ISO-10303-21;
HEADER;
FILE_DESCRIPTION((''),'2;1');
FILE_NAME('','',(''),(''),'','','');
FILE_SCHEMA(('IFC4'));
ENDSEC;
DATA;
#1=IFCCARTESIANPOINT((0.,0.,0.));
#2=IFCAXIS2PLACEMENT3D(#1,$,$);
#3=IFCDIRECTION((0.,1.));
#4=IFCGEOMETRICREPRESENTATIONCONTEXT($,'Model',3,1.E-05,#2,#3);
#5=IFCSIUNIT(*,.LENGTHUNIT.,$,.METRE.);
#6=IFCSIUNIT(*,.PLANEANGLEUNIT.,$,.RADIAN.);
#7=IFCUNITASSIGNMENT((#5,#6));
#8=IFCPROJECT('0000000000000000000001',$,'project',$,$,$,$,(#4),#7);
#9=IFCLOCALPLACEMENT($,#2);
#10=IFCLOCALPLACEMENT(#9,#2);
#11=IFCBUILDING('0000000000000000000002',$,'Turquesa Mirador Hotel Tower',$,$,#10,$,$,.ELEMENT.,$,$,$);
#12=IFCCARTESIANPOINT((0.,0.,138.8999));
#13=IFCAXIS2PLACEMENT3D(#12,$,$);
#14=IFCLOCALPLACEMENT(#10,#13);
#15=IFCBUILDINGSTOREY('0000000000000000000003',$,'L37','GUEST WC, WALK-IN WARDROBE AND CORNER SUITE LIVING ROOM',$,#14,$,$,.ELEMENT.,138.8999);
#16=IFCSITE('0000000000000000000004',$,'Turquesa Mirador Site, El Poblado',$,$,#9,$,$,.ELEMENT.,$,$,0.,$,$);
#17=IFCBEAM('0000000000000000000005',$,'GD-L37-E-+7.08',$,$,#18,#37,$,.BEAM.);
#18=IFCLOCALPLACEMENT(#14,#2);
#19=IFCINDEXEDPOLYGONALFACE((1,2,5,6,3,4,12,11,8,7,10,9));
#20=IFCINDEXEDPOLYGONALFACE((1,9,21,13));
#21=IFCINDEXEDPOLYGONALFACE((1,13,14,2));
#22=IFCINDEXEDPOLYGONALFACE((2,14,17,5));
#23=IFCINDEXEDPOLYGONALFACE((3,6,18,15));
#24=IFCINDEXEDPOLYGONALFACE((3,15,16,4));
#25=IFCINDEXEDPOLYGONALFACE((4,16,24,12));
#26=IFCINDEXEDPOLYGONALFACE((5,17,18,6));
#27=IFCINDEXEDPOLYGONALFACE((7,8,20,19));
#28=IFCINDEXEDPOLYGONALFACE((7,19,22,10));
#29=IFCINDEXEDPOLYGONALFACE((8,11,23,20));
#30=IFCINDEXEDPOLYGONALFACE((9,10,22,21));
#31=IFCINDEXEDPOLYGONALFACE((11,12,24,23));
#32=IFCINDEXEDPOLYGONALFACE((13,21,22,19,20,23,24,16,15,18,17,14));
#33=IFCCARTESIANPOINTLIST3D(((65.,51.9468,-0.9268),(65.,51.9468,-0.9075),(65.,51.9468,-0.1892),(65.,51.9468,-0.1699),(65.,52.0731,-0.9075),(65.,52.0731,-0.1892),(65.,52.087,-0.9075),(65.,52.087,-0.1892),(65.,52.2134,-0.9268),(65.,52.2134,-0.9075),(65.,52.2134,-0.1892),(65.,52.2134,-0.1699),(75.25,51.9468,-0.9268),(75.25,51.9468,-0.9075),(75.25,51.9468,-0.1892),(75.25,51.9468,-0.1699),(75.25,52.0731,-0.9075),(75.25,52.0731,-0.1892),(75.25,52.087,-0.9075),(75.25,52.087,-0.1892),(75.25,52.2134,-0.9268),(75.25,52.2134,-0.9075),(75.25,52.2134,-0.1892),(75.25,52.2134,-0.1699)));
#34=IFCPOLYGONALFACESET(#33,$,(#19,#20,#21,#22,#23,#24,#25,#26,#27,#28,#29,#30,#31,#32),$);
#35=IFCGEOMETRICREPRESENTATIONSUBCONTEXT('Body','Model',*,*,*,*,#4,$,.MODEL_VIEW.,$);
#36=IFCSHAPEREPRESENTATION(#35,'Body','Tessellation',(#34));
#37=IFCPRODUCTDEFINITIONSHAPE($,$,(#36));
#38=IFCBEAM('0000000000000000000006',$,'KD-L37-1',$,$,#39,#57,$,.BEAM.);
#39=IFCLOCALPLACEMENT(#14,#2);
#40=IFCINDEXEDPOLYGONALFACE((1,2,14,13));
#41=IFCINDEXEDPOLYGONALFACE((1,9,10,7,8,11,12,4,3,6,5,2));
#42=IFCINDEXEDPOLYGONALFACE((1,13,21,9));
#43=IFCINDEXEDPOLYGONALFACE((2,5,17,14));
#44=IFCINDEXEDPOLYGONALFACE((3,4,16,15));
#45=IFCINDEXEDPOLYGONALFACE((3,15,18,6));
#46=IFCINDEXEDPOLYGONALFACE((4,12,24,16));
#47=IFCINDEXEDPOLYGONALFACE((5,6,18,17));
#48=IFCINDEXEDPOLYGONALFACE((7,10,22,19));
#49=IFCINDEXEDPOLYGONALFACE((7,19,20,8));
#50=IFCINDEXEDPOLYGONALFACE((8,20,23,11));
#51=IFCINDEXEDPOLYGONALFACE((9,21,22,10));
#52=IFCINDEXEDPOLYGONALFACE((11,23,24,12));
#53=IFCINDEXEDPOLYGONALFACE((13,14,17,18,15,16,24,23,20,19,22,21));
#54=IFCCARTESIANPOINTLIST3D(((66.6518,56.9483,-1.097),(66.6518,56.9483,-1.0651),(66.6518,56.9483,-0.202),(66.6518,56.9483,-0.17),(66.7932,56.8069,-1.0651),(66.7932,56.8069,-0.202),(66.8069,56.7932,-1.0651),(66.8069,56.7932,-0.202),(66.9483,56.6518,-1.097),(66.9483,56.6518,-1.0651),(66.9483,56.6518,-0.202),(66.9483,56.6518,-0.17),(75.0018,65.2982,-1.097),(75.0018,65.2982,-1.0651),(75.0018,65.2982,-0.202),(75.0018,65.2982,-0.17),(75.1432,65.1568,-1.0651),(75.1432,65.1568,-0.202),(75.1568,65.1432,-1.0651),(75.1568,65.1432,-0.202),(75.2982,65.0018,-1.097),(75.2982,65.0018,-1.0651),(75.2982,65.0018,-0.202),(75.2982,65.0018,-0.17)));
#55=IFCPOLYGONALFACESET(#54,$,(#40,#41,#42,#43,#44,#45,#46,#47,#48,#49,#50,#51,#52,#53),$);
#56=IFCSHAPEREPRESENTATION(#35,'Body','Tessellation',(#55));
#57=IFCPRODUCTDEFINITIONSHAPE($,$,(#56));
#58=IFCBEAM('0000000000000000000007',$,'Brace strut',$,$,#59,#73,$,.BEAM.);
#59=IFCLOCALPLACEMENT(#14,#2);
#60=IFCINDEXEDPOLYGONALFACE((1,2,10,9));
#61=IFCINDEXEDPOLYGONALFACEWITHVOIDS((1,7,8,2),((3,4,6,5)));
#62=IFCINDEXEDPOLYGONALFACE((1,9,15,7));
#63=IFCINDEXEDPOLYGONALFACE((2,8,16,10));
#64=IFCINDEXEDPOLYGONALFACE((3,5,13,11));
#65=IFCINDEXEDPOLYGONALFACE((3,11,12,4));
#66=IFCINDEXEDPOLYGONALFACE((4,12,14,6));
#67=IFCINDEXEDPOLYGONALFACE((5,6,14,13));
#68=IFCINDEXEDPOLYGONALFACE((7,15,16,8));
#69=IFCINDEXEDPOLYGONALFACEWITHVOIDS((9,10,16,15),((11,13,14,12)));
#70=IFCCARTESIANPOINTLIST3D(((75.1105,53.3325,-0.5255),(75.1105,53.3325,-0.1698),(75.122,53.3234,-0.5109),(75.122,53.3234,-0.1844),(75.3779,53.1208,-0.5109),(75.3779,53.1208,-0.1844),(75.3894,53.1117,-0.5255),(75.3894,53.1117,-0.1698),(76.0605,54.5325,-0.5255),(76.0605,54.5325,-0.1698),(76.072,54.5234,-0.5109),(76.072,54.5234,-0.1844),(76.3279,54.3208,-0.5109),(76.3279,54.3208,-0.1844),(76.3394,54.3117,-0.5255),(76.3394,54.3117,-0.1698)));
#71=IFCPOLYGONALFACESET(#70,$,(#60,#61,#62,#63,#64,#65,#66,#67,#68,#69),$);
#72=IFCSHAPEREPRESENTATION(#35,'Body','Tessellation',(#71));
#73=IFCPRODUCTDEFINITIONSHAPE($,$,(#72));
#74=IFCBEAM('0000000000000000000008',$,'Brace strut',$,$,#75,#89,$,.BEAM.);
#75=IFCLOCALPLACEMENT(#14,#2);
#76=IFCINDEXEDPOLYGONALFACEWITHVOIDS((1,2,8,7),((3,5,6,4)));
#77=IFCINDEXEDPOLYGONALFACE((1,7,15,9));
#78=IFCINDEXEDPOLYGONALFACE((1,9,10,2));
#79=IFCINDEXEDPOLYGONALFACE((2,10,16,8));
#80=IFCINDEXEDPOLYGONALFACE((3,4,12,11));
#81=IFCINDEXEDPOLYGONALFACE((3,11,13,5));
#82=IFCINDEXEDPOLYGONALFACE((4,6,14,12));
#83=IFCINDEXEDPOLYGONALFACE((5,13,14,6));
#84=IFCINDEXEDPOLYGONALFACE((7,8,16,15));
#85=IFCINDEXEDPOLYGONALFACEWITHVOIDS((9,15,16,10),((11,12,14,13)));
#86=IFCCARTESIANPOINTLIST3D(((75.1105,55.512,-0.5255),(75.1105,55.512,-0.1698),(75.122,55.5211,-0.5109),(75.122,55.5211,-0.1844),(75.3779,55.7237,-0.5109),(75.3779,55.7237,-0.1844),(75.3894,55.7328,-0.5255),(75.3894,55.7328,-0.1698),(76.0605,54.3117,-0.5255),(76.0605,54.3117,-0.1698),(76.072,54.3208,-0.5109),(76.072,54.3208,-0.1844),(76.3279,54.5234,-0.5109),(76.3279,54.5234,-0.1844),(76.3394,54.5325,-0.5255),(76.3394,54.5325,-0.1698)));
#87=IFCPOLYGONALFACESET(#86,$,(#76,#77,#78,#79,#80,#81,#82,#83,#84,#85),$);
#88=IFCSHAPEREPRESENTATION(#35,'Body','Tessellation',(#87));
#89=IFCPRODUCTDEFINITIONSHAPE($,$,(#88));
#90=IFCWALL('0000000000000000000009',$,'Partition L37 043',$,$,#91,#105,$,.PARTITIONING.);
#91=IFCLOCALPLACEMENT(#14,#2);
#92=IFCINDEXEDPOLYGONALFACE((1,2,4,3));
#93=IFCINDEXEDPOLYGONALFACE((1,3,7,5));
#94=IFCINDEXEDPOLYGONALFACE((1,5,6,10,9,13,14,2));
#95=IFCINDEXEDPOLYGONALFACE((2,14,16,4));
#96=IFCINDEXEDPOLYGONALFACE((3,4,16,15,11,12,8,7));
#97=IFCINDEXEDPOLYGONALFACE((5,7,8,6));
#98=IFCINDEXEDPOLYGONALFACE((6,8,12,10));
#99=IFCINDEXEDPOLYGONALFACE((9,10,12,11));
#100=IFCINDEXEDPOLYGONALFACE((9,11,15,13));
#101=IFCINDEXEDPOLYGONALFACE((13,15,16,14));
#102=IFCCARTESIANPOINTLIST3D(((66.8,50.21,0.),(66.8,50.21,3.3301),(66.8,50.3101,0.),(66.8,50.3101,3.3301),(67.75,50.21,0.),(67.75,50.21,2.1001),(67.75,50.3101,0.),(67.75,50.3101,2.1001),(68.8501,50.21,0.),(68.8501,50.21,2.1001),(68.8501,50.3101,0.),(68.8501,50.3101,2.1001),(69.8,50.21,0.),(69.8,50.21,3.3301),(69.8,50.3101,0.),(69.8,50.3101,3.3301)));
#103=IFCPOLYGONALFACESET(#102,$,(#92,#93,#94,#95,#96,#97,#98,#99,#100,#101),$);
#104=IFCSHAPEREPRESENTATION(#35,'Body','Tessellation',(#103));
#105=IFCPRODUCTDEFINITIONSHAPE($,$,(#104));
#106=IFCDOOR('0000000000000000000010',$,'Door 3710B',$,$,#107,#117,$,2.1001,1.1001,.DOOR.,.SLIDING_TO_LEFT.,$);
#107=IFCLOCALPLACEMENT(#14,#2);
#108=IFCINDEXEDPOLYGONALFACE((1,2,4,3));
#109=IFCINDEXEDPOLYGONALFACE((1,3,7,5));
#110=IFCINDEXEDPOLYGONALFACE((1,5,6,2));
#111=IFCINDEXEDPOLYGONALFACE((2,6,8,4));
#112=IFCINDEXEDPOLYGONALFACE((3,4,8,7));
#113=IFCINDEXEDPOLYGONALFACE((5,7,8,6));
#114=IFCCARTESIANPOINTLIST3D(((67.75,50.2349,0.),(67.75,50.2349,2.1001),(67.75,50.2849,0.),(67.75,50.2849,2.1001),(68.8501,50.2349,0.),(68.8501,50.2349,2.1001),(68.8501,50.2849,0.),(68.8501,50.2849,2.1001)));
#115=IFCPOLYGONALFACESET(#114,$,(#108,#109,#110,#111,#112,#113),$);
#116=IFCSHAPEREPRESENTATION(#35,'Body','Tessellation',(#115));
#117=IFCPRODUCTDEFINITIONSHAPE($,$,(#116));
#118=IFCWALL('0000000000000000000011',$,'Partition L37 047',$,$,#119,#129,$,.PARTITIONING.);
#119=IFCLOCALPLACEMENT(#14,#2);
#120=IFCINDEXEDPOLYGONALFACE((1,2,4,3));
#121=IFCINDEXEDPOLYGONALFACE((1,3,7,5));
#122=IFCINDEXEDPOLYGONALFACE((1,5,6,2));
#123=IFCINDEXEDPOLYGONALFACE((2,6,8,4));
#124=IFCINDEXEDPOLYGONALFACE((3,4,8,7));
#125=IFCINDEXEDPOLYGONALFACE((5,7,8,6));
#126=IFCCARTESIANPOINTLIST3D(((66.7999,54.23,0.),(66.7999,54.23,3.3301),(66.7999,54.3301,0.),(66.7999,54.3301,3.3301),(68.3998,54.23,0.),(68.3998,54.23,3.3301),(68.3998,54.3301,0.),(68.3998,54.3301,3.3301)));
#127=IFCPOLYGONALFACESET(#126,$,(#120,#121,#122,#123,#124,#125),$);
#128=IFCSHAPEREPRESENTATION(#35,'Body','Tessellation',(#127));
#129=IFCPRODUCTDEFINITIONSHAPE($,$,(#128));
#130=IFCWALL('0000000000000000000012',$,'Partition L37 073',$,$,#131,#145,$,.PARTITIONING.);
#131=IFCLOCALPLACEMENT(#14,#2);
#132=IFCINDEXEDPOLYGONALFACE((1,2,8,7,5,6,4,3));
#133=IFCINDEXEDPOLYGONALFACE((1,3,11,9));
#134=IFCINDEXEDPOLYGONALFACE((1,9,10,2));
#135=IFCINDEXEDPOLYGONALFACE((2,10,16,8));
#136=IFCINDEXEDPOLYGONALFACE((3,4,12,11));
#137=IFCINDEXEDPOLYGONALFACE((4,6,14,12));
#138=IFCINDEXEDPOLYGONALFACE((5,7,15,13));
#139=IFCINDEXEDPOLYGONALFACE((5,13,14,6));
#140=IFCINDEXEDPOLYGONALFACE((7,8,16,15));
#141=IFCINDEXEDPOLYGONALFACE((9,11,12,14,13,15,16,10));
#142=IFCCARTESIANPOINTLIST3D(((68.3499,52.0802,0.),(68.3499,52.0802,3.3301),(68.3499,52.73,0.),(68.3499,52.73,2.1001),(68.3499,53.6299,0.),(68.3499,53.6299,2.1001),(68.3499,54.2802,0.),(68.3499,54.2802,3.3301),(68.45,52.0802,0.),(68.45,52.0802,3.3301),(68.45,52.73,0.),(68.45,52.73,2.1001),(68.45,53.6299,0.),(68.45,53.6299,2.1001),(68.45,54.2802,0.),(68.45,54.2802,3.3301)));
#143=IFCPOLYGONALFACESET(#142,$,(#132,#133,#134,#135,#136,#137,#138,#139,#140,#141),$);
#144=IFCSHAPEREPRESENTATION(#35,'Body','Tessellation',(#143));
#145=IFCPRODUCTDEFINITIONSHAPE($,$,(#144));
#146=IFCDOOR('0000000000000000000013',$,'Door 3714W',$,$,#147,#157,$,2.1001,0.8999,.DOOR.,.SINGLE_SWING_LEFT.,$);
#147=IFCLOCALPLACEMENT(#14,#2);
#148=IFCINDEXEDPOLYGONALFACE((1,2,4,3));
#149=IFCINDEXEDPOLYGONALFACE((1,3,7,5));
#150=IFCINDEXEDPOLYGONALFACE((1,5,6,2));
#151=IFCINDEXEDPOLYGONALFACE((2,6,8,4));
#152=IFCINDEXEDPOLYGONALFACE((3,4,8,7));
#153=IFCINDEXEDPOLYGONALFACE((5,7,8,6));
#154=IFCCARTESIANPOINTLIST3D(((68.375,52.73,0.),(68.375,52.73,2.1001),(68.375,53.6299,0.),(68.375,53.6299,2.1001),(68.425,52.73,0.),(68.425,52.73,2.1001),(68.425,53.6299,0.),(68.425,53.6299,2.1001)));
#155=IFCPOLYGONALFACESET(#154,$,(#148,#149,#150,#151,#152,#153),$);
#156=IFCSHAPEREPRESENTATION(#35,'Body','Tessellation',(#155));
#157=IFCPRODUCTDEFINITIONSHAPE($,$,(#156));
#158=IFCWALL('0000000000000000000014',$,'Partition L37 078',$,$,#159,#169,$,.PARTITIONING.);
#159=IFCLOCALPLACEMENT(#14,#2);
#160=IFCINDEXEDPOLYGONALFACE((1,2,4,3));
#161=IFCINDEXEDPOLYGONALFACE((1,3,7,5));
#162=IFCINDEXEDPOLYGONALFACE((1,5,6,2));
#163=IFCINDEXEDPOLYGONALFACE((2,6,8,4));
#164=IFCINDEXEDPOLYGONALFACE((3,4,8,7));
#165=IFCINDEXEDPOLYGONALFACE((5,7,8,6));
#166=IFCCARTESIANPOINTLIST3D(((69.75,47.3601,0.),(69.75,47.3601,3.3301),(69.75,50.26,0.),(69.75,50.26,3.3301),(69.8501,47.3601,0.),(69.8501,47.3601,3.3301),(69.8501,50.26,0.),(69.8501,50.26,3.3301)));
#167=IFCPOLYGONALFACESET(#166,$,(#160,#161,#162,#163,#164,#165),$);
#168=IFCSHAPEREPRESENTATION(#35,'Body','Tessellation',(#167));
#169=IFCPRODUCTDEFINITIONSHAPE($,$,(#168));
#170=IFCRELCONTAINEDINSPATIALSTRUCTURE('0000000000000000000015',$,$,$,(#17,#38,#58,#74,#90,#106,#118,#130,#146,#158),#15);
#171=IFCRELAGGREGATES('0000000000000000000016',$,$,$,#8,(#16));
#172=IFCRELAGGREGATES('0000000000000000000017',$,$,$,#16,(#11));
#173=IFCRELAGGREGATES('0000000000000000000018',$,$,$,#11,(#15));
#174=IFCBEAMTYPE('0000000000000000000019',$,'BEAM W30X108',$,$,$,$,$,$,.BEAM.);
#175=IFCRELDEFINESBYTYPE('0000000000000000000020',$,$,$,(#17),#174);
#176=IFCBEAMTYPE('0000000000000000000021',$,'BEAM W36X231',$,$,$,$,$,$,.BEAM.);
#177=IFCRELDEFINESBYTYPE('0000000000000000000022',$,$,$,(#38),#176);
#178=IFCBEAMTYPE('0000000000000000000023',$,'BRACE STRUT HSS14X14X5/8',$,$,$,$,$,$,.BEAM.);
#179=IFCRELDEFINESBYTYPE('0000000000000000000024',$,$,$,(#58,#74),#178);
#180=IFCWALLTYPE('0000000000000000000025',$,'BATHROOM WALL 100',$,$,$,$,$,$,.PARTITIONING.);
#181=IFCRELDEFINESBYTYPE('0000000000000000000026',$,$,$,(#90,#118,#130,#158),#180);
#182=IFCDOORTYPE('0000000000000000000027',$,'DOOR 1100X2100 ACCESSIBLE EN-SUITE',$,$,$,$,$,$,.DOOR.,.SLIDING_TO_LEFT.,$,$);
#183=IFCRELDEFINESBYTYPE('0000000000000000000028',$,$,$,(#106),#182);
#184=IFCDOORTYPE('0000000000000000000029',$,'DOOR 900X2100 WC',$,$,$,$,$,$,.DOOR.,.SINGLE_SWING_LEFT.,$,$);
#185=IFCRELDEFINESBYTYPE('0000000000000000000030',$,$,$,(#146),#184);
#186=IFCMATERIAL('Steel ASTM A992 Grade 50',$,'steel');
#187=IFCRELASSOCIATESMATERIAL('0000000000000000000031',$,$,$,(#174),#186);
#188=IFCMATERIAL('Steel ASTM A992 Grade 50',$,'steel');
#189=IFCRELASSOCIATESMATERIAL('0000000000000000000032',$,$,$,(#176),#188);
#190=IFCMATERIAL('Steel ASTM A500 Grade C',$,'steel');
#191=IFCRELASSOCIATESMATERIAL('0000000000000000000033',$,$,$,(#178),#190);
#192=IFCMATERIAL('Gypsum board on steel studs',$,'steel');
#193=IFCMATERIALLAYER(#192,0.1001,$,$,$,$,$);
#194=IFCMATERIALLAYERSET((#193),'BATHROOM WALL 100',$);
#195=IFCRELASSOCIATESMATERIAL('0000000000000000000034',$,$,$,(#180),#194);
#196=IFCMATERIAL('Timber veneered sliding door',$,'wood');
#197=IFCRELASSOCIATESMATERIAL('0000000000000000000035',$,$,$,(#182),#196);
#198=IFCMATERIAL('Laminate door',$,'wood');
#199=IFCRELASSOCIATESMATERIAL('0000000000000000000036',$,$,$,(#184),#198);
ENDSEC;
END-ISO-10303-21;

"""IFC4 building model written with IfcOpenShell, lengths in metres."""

from ifc_helpers import new_model, si_unit, direction, frame, frame_2d, origin, origin_2d, place, context, subcontext, project, spatial, rectangle, hollow_rectangle, i_section, extrude, material, layer, layer_set, material_profile, profile_set, type_object, element, fill, save


model = new_model("IFC4")

# Units and contexts
model_context = context("Model", 3, precision=1e-05, world=origin(), true_north=direction((0.0, 1.0)))
body_context = subcontext(model_context, "Body", "Model", "MODEL_VIEW")
ifc_project = project(units=[si_unit("LENGTHUNIT", "METRE"), si_unit("PLANEANGLEUNIT", "RADIAN")], contexts=[model_context])

# Site, building, storey
site_placement = place(None, origin())
site = spatial("IfcSite", under=ifc_project, at=site_placement, Name="Turquesa Mirador Site, El Poblado", CompositionType="ELEMENT", RefElevation=0.0)
building_placement = place(site_placement, origin())
building = spatial("IfcBuilding", under=site, at=building_placement, Name="Turquesa Mirador Hotel Tower", CompositionType="ELEMENT")
storey_placement = place(building_placement, frame((0.0, 0.0, 138.8999)))
storey = spatial("IfcBuildingStorey", under=building, at=storey_placement, Name="L37", Description="GUEST WC, WALK-IN WARDROBE AND CORNER SUITE LIVING ROOM", CompositionType="ELEMENT", Elevation=138.8999)

# Beams
ifc_material_1 = material(Name="Steel ASTM A992 Grade 50", Category="steel")
ifc_material_profile_1 = material_profile(ifc_material_1, i_section(OverallWidth=0.2666, OverallDepth=0.7568, WebThickness=0.0139, FlangeThickness=0.0193, at=origin_2d()), Name="W30X108")
ifc_profile_set_1 = profile_set([ifc_material_profile_1], Name="Steel ASTM A992 Grade 50")
beam_type_1 = type_object("IfcBeamType", Name="BEAM W30X108", PredefinedType="BEAM", material=ifc_profile_set_1)
beam_1_placement = place(storey_placement, frame((75.25, 52.0801, -0.5483), z_axis=(-1.0, 0.0, 0.0), x_axis=(0.0, -1.0, 0.0)))
element("IfcBeam", 1, at=beam_1_placement, inside=storey, type_object=beam_type_1, Name="GD-L37-E-+7.08", PredefinedType="BEAM", context=body_context, shape_type="SweptSolid", body=[
    extrude(i_section(OverallWidth=0.2666, OverallDepth=0.7568, WebThickness=0.0139, FlangeThickness=0.0193, at=origin_2d()), origin(), (0.0, 0.0, 1.0), 10.25),
])
ifc_material_2 = material(Name="Steel ASTM A992 Grade 50", Category="steel")
ifc_material_profile_2 = material_profile(ifc_material_2, i_section(OverallWidth=0.4192, OverallDepth=0.927, WebThickness=0.0193, FlangeThickness=0.032, at=origin_2d()), Name="W36X231")
ifc_profile_set_2 = profile_set([ifc_material_profile_2], Name="Steel ASTM A992 Grade 50")
beam_type_2 = type_object("IfcBeamType", Name="BEAM W36X231", PredefinedType="BEAM", material=ifc_profile_set_2)
beam_2_placement = place(storey_placement, frame((66.8, 56.8, -0.6335), z_axis=(0.707107, 0.707107, 0.0), x_axis=(-0.707107, 0.707107, 0.0)))
element("IfcBeam", 2, at=beam_2_placement, inside=storey, type_object=beam_type_2, Name="KD-L37-1", PredefinedType="BEAM", context=body_context, shape_type="SweptSolid", body=[
    extrude(i_section(OverallWidth=0.4192, OverallDepth=0.927, WebThickness=0.0193, FlangeThickness=0.032, at=origin_2d()), origin(), (0.0, 0.0, 1.0), 11.8086),
])
ifc_material_3 = material(Name="Steel ASTM A500 Grade C", Category="steel")
ifc_material_profile_3 = material_profile(ifc_material_3, hollow_rectangle(XDim=0.3557, YDim=0.3557, WallThickness=0.0146, at=origin_2d()), Name="HSS14X14X5/8")
ifc_profile_set_3 = profile_set([ifc_material_profile_3], Name="Steel ASTM A500 Grade C")
beam_type_3 = type_object("IfcBeamType", Name="BRACE STRUT HSS14X14X5/8", PredefinedType="BEAM", material=ifc_profile_set_3)
beam_3_placement = place(storey_placement, frame((76.2, 54.4221, -0.3477), z_axis=(-0.620699, -0.784049, 0.0), x_axis=(0.784049, -0.620699, 0.0)))
element("IfcBeam", 3, at=beam_3_placement, inside=storey, type_object=beam_type_3, Name="Brace strut", PredefinedType="BEAM", context=body_context, shape_type="SweptSolid", body=[
    extrude(hollow_rectangle(XDim=0.3557, YDim=0.3557, WallThickness=0.0146, at=origin_2d()), origin(), (0.0, 0.0, 1.0), 1.5305),
])
beam_4_placement = place(storey_placement, frame((76.2, 54.4221, -0.3477), z_axis=(-0.620621, 0.784111, 0.0), x_axis=(-0.784111, -0.620621, 0.0)))
element("IfcBeam", 4, at=beam_4_placement, inside=storey, type_object=beam_type_3, Name="Brace strut", PredefinedType="BEAM", context=body_context, shape_type="SweptSolid", body=[
    extrude(hollow_rectangle(XDim=0.3557, YDim=0.3557, WallThickness=0.0146, at=origin_2d()), origin(), (0.0, 0.0, 1.0), 1.5308),
])

# Wall, opening, door
ifc_material_4 = material(Name="Gypsum board on steel studs", Category="steel")
ifc_layer_1 = layer(ifc_material_4, 0.1001)
ifc_layer_set_1 = layer_set([ifc_layer_1], Name="BATHROOM WALL 100")
wall_type_1 = type_object("IfcWallType", Name="BATHROOM WALL 100", PredefinedType="PARTITIONING", material=ifc_layer_set_1)
wall_1_placement = place(storey_placement, frame((66.8, 50.26, 0.0), z_axis=(0.0, 0.0, 1.0), x_axis=(1.0, 0.0, 0.0)))
wall_1 = element("IfcWall", 5, at=wall_1_placement, inside=storey, type_object=wall_type_1, Name="Partition L37 043", PredefinedType="PARTITIONING", context=body_context, shape_type="SweptSolid", body=[
    extrude(rectangle(XDim=3.0, YDim=0.1001, at=frame_2d((1.5, 0.0))), origin(), (0.0, 0.0, 1.0), 3.3301),
])
opening_1_placement = place(wall_1_placement, frame((0.95, 0.0, 0.0)))
opening_1 = element("IfcOpeningElement", 6, at=opening_1_placement, cuts=wall_1, PredefinedType="OPENING", context=body_context, shape_type="SweptSolid", body=[
    extrude(rectangle(XDim=1.1001, YDim=2.1001, at=frame_2d((0.55, 1.05))), frame((0.0, 0.0601, 0.0), z_axis=(0.0, -1.0, 0.0), x_axis=(1.0, 0.0, 0.0)), (0.0, 0.0, 1.0), 0.1201),
])
ifc_material_5 = material(Name="Timber veneered sliding door", Category="wood")
door_type_1 = type_object("IfcDoorType", Name="DOOR 1100X2100 ACCESSIBLE EN-SUITE", OperationType="SLIDING_TO_LEFT", PredefinedType="DOOR", material=ifc_material_5)
door_1_placement = place(opening_1_placement, origin())
door_1 = element("IfcDoor", 7, at=door_1_placement, inside=storey, type_object=door_type_1, Name="Door 3710B", OperationType="SLIDING_TO_LEFT", OverallHeight=2.1001, OverallWidth=1.1001, PredefinedType="DOOR", context=body_context, shape_type="SweptSolid", body=[
    extrude(rectangle(XDim=1.1001, YDim=2.1001, at=frame_2d((0.55, 1.05))), frame((0.0, 0.0249, 0.0), z_axis=(0.0, -1.0, 0.0), x_axis=(1.0, 0.0, 0.0)), (0.0, 0.0, 1.0), 0.05),
])
fill(opening_1, door_1)

# Wall
wall_2_placement = place(storey_placement, frame((66.8, 54.28, 0.0), z_axis=(0.0, 0.0, 1.0), x_axis=(1.0, 0.0, 0.0)))
element("IfcWall", 8, at=wall_2_placement, inside=storey, type_object=wall_type_1, Name="Partition L37 047", PredefinedType="PARTITIONING", context=body_context, shape_type="SweptSolid", body=[
    extrude(rectangle(XDim=1.5999, YDim=0.1001, at=frame_2d((0.7998, 0.0))), origin(), (0.0, 0.0, 1.0), 3.3301),
])

# Wall, opening, door
wall_3_placement = place(storey_placement, frame((68.3999, 52.0801, 0.0), z_axis=(0.0, 0.0, 1.0), x_axis=(0.0, 1.0, 0.0)))
wall_3 = element("IfcWall", 9, at=wall_3_placement, inside=storey, type_object=wall_type_1, Name="Partition L37 073", PredefinedType="PARTITIONING", context=body_context, shape_type="SweptSolid", body=[
    extrude(rectangle(XDim=2.2, YDim=0.1001, at=frame_2d((1.1001, 0.0))), origin(), (0.0, 0.0, 1.0), 3.3301),
])
opening_2_placement = place(wall_3_placement, frame((0.6499, 0.0, 0.0)))
opening_2 = element("IfcOpeningElement", 10, at=opening_2_placement, cuts=wall_3, PredefinedType="OPENING", context=body_context, shape_type="SweptSolid", body=[
    extrude(rectangle(XDim=0.8999, YDim=2.1001, at=frame_2d((0.45, 1.05))), frame((0.0, 0.0601, 0.0), z_axis=(0.0, -1.0, 0.0), x_axis=(1.0, 0.0, 0.0)), (0.0, 0.0, 1.0), 0.1201),
])
ifc_material_6 = material(Name="Laminate door", Category="wood")
door_type_2 = type_object("IfcDoorType", Name="DOOR 900X2100 WC", OperationType="SINGLE_SWING_LEFT", PredefinedType="DOOR", material=ifc_material_6)
door_2_placement = place(opening_2_placement, origin())
door_2 = element("IfcDoor", 11, at=door_2_placement, inside=storey, type_object=door_type_2, Name="Door 3714W", OperationType="SINGLE_SWING_LEFT", OverallHeight=2.1001, OverallWidth=0.8999, PredefinedType="DOOR", context=body_context, shape_type="SweptSolid", body=[
    extrude(rectangle(XDim=0.8999, YDim=2.1001, at=frame_2d((0.45, 1.05))), frame((0.0, 0.0249, 0.0), z_axis=(0.0, -1.0, 0.0), x_axis=(1.0, 0.0, 0.0)), (0.0, 0.0, 1.0), 0.05),
])
fill(opening_2, door_2)

# Wall
wall_4_placement = place(storey_placement, frame((69.8, 47.3601, 0.0), z_axis=(0.0, 0.0, 1.0), x_axis=(0.0, 1.0, 0.0)))
element("IfcWall", 12, at=wall_4_placement, inside=storey, type_object=wall_type_1, Name="Partition L37 078", PredefinedType="PARTITIONING", context=body_context, shape_type="SweptSolid", body=[
    extrude(rectangle(XDim=2.8999, YDim=0.1001, at=frame_2d((1.45, 0.0))), origin(), (0.0, 0.0, 1.0), 3.3301),
])

save(model, "model.ifc")
